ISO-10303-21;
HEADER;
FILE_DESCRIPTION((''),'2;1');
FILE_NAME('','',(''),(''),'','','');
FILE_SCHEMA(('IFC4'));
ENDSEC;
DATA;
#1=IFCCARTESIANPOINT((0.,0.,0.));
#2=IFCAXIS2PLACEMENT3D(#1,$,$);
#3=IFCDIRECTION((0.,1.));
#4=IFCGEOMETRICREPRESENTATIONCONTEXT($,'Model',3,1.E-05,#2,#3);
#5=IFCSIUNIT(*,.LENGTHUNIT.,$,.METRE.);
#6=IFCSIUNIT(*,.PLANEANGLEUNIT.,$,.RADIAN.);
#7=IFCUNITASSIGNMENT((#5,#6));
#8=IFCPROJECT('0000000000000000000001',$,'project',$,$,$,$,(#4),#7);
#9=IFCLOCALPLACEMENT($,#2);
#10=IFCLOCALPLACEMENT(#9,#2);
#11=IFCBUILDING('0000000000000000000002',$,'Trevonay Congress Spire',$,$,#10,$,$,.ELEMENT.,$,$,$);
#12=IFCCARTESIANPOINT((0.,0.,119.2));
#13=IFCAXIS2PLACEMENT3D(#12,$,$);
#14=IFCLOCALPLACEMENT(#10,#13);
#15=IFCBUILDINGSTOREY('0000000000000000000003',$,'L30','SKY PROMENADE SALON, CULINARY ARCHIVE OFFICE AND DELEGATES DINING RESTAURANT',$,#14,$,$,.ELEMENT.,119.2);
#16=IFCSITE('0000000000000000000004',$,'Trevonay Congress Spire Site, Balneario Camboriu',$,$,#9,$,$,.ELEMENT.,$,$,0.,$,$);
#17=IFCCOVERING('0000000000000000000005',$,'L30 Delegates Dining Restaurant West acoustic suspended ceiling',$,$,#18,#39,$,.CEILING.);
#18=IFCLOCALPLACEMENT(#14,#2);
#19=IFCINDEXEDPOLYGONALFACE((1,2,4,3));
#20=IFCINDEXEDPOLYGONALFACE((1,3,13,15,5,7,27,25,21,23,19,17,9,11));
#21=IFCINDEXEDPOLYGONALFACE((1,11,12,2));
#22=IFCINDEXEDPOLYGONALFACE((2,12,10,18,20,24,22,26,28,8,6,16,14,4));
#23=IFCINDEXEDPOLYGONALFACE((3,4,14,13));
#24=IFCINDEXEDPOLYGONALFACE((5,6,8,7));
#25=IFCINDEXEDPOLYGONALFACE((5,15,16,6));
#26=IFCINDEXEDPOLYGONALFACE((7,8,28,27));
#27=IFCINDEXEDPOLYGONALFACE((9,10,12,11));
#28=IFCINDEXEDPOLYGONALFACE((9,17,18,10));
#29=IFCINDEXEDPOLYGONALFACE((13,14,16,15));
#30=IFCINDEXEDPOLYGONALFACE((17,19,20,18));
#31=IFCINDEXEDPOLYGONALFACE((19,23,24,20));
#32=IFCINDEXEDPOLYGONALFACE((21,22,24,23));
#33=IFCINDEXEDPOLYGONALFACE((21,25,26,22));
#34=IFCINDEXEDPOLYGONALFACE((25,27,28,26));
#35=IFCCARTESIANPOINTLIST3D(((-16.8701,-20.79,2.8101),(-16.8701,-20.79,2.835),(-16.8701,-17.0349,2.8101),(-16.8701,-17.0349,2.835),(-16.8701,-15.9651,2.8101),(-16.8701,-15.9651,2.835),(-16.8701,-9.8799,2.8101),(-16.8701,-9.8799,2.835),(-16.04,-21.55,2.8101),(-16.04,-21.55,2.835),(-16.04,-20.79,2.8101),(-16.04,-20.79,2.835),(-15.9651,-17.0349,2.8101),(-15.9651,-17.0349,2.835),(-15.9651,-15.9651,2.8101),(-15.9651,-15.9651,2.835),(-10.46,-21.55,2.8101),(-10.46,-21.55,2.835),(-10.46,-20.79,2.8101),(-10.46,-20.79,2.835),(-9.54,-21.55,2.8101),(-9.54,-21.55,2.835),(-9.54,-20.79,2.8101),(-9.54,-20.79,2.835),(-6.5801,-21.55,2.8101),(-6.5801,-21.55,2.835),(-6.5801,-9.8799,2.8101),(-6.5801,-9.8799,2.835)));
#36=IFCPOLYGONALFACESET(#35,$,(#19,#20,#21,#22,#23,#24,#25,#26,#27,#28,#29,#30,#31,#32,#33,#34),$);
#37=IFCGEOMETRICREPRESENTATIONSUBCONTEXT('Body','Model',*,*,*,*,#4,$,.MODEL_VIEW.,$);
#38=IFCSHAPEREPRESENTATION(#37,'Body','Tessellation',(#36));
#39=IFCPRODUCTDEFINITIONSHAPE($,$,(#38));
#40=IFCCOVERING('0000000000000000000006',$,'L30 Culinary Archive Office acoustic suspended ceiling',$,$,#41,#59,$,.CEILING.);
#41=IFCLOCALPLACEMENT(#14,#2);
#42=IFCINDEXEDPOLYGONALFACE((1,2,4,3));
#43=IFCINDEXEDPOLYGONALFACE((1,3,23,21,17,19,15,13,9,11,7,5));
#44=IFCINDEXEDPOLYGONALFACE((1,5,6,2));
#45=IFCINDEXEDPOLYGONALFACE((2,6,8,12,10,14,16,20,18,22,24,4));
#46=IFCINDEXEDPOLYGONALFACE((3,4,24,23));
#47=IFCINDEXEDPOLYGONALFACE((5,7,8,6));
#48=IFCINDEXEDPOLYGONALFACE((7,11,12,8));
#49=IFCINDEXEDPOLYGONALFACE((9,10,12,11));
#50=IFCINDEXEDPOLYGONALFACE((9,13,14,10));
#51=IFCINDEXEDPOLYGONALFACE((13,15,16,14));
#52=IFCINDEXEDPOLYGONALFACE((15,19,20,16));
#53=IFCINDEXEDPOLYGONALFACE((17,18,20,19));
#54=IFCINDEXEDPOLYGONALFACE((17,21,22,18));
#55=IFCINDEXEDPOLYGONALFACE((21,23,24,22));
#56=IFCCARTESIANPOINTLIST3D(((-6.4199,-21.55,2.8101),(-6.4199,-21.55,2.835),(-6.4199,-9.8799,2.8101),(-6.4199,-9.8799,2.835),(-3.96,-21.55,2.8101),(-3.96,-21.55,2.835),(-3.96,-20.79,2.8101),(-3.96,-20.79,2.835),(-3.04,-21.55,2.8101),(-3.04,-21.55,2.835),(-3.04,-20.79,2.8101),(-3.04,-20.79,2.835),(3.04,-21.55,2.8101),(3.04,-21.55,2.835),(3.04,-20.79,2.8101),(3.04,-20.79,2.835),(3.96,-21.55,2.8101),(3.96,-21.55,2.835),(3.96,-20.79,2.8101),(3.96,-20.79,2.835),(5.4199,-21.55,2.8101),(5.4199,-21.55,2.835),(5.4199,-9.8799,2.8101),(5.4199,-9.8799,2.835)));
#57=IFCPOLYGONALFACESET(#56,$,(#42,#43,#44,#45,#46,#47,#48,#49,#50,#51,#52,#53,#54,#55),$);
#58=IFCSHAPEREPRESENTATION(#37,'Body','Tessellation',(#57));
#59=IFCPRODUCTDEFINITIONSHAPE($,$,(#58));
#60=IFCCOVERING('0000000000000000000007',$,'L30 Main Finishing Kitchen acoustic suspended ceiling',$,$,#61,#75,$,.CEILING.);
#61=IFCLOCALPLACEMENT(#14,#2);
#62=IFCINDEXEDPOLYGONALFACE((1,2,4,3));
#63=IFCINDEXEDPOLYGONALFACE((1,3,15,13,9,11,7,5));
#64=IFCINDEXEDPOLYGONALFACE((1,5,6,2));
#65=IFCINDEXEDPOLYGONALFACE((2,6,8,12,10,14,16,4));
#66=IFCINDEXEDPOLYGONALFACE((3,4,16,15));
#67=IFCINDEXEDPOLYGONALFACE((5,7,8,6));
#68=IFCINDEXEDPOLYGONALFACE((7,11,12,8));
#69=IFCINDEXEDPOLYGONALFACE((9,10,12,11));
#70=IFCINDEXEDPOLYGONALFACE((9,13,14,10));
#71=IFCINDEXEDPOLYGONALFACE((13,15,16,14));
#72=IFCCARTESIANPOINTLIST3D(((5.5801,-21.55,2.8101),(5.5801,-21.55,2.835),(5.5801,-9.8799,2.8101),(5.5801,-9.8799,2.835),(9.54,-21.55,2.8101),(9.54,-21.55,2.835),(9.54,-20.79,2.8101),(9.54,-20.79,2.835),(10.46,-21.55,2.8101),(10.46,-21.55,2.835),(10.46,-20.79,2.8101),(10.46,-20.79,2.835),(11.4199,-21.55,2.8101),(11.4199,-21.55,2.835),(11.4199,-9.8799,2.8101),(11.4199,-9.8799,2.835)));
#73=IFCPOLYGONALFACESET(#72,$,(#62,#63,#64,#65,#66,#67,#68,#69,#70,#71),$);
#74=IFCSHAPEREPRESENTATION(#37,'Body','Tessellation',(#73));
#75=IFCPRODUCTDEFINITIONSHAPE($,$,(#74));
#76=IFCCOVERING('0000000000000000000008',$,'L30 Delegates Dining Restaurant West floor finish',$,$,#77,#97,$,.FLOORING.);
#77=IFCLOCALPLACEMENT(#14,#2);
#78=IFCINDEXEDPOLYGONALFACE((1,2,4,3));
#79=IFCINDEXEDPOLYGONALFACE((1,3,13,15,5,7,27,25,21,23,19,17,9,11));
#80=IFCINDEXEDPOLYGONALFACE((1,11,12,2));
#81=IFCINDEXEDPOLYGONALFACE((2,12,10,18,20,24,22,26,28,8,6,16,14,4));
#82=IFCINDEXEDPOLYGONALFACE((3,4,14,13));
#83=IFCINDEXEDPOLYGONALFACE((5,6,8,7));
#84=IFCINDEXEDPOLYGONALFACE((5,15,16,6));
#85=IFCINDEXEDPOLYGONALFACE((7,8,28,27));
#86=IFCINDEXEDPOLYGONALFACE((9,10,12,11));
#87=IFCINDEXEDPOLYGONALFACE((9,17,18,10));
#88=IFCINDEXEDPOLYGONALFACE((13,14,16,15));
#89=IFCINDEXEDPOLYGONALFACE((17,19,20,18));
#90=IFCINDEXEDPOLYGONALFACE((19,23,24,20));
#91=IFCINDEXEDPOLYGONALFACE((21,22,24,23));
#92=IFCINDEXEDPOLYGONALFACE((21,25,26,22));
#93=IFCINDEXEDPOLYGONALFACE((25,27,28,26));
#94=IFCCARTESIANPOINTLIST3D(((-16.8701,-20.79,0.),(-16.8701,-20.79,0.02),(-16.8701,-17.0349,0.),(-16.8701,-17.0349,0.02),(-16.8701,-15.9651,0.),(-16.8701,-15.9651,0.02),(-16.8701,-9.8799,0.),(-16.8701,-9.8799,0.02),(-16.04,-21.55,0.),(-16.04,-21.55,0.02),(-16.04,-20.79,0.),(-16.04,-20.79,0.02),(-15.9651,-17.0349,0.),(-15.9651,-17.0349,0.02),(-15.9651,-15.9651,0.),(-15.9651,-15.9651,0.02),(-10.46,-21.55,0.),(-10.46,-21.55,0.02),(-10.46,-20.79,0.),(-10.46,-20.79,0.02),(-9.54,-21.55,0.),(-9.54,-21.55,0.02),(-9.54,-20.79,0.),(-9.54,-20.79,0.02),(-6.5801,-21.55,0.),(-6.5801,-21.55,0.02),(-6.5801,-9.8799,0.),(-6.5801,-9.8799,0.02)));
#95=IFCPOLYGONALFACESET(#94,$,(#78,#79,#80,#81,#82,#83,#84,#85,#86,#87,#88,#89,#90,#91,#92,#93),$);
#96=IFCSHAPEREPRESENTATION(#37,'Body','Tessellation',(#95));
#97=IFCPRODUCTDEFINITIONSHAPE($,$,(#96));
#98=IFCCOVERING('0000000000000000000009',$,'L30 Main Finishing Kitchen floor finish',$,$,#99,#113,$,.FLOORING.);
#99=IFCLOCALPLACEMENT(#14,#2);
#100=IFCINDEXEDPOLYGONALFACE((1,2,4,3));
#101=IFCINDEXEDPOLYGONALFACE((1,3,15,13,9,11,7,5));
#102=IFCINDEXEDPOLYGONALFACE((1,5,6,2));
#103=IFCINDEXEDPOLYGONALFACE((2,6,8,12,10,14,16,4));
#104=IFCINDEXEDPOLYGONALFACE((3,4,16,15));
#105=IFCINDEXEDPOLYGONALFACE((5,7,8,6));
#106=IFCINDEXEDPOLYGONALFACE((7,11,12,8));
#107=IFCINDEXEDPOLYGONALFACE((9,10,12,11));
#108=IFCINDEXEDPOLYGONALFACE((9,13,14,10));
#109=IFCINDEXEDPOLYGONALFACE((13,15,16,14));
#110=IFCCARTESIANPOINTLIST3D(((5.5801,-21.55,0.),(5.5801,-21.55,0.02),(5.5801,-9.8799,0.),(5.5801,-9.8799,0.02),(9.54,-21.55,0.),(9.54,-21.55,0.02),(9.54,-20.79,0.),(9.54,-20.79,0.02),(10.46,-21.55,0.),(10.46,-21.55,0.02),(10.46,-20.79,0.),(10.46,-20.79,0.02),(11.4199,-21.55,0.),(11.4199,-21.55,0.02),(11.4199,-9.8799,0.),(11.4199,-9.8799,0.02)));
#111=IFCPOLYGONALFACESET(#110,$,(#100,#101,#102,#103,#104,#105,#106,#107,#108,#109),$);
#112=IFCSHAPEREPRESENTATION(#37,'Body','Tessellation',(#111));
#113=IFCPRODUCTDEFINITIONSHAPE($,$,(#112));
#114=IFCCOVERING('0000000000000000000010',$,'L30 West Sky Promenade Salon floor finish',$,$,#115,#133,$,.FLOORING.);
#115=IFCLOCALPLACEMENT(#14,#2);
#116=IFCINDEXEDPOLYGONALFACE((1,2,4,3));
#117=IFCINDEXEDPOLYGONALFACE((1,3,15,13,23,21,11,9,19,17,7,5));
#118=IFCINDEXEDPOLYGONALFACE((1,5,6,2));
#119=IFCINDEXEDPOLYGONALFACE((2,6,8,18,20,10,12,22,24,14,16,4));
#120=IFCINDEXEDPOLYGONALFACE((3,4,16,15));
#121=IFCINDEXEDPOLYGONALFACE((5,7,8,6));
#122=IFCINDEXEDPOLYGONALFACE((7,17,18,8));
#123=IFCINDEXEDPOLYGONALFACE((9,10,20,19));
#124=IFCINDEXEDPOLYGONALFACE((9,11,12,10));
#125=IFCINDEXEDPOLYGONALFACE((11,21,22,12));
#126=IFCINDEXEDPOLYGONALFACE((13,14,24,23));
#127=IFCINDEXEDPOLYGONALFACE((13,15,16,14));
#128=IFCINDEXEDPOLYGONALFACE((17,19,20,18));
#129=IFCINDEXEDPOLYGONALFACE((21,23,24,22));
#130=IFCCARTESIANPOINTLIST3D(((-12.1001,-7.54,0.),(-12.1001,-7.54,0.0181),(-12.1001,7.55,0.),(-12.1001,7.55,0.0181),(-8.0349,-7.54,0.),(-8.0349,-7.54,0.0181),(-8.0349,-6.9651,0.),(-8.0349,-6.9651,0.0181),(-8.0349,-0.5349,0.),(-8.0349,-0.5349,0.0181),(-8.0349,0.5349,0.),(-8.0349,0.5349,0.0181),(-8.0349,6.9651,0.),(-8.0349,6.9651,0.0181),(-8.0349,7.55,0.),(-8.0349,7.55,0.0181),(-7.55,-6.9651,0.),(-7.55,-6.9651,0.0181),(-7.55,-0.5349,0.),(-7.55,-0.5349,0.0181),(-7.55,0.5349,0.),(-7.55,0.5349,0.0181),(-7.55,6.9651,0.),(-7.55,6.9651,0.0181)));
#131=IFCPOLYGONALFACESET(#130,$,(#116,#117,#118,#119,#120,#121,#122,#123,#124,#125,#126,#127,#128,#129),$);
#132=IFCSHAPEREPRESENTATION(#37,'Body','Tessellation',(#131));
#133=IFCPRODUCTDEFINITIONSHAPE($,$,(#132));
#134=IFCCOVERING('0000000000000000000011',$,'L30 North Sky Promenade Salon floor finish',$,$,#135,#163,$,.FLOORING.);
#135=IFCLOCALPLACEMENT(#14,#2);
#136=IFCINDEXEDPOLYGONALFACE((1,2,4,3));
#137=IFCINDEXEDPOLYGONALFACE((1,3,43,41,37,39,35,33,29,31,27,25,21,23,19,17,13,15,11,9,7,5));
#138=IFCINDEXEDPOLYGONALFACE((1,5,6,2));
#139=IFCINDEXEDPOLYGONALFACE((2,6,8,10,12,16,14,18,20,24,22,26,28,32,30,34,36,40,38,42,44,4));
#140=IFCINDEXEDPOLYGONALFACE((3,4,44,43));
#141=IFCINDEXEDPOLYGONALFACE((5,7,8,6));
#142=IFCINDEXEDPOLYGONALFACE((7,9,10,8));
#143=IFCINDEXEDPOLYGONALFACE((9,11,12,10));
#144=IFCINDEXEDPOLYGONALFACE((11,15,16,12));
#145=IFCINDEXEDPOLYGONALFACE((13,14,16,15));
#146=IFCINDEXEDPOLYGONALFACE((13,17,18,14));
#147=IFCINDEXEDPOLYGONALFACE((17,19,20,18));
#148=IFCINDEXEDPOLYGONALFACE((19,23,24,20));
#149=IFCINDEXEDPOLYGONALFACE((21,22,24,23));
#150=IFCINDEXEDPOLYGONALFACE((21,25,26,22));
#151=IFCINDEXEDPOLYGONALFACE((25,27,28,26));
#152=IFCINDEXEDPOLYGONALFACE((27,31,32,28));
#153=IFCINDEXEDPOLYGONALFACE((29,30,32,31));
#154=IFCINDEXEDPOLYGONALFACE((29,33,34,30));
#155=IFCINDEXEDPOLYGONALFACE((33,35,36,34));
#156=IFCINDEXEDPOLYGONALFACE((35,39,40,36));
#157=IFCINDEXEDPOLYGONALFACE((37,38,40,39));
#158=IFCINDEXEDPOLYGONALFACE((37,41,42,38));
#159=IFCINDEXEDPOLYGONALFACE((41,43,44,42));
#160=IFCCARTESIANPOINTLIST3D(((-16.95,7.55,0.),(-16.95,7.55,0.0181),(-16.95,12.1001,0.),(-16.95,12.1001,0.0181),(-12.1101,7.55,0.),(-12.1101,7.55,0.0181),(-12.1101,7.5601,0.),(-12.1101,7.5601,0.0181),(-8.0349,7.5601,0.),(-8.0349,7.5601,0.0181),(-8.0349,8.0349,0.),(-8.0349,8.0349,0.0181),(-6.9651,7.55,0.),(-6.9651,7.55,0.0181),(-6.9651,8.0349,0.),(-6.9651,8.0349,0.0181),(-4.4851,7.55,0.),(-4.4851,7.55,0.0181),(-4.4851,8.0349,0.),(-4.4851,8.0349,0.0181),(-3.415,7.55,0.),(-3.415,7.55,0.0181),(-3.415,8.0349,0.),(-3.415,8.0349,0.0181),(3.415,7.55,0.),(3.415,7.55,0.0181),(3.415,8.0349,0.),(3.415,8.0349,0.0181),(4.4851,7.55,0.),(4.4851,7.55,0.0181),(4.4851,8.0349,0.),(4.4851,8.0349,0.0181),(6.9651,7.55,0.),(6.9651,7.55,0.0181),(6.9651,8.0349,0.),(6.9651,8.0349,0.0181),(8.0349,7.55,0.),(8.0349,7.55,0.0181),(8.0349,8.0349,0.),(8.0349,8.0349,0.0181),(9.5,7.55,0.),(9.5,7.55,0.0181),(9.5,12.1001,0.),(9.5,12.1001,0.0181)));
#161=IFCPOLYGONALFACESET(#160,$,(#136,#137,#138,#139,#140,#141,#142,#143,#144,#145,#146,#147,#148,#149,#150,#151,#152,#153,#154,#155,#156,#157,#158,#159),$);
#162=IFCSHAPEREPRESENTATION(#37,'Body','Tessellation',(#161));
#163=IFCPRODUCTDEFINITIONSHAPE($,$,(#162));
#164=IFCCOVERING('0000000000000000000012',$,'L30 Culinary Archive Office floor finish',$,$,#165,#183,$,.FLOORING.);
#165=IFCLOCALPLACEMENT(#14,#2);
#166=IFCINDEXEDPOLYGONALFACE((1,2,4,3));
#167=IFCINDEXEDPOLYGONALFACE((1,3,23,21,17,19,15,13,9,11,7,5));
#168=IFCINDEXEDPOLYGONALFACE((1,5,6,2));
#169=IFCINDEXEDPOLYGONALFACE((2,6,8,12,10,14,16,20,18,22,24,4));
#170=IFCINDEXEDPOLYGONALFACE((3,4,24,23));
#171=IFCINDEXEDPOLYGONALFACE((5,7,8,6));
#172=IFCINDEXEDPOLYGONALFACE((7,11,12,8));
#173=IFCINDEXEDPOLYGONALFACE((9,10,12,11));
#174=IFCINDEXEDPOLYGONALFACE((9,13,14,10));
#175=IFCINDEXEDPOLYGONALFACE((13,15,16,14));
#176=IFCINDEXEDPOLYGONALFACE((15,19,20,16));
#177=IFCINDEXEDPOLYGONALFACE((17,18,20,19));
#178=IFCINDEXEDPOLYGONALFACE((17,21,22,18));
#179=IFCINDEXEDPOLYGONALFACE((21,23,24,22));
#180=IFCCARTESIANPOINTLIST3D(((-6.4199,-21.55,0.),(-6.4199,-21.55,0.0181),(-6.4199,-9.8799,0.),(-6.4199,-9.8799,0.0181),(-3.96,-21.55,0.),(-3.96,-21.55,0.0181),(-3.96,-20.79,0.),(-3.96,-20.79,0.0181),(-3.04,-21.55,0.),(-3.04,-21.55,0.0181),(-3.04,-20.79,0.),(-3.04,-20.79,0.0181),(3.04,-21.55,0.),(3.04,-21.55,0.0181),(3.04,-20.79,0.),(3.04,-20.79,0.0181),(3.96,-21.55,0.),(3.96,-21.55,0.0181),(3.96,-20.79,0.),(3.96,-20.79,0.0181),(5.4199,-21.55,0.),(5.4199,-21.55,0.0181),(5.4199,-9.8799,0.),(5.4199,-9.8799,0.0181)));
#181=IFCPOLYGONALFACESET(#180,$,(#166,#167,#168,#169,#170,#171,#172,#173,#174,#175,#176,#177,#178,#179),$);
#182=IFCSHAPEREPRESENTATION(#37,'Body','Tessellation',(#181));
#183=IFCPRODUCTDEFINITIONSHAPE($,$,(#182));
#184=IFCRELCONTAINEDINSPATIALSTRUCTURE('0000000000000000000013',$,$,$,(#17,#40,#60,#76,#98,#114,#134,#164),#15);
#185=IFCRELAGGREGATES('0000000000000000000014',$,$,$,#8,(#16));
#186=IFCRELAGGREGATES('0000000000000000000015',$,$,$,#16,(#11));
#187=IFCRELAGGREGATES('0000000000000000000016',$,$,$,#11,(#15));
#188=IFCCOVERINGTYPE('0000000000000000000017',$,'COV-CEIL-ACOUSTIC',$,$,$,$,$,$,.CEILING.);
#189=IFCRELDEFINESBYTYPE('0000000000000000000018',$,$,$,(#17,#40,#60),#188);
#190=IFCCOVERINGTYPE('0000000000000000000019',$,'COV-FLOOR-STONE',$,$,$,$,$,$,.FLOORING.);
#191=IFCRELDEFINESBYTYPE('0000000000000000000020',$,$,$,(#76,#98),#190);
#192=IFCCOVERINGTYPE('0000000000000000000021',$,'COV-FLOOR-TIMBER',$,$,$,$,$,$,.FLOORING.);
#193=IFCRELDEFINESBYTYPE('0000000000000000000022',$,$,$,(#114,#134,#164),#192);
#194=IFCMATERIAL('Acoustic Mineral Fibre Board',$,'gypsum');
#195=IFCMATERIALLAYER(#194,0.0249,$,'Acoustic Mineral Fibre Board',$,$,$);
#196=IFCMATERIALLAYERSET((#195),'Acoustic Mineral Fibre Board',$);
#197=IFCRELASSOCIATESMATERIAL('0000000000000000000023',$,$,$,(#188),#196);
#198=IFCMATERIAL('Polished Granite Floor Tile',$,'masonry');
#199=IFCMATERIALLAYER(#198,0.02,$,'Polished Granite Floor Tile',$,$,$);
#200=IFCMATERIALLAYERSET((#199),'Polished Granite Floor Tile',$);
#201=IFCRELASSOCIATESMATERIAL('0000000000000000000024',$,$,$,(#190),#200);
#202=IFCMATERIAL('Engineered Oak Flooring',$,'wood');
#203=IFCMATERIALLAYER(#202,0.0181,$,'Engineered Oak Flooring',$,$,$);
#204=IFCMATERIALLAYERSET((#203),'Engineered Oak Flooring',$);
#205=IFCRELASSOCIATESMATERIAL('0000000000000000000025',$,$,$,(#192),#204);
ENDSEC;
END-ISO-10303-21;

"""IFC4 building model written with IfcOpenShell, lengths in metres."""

from ifc_helpers import new_model, si_unit, direction, frame, origin, place, context, subcontext, project, spatial, polyline, outline, extrude, material, layer, layer_set, type_object, element, save


model = new_model("IFC4")

# Units and contexts
model_context = context("Model", 3, precision=1e-05, world=origin(), true_north=direction((0.0, 1.0)))
body_context = subcontext(model_context, "Body", "Model", "MODEL_VIEW")
ifc_project = project(units=[si_unit("LENGTHUNIT", "METRE"), si_unit("PLANEANGLEUNIT", "RADIAN")], contexts=[model_context])

# Site, building, storey
site_placement = place(None, origin())
site = spatial("IfcSite", under=ifc_project, at=site_placement, Name="Trevonay Congress Spire Site, Balneario Camboriu", CompositionType="ELEMENT", RefElevation=0.0)
building_placement = place(site_placement, origin())
building = spatial("IfcBuilding", under=site, at=building_placement, Name="Trevonay Congress Spire", CompositionType="ELEMENT")
storey_placement = place(building_placement, frame((0.0, 0.0, 119.2)))
storey = spatial("IfcBuildingStorey", under=building, at=storey_placement, Name="L30", Description="SKY PROMENADE SALON, CULINARY ARCHIVE OFFICE AND DELEGATES DINING RESTAURANT", CompositionType="ELEMENT", Elevation=119.2)

# Coverings
ifc_material_1 = material(Name="Acoustic Mineral Fibre Board", Category="gypsum")
ifc_layer_1 = layer(ifc_material_1, 0.0249, Name="Acoustic Mineral Fibre Board")
ifc_layer_set_1 = layer_set([ifc_layer_1], Name="Acoustic Mineral Fibre Board")
covering_type_1 = type_object("IfcCoveringType", Name="COV-CEIL-ACOUSTIC", PredefinedType="CEILING", material=ifc_layer_set_1)
covering_1_placement = place(storey_placement, frame((0.0, 0.0, 2.8101)))
element("IfcCovering", 1, at=covering_1_placement, inside=storey, type_object=covering_type_1, Name="L30 Delegates Dining Restaurant West acoustic suspended ceiling", PredefinedType="CEILING", context=body_context, shape_type="SweptSolid", body=[
    extrude(outline(polyline([(-16.04, -21.55), (-16.04, -20.79), (-16.8701, -20.79), (-16.8701, -17.0349), (-15.9651, -17.0349), (-15.9651, -15.9651), (-16.8701, -15.9651), (-16.8701, -9.8799), (-6.5801, -9.8799), (-6.5801, -21.55), (-9.54, -21.55), (-9.54, -20.79), (-10.46, -20.79), (-10.46, -21.55), (-16.04, -21.55)])), origin(), (0.0, 0.0, 1.0), 0.0249),
])
covering_2_placement = place(storey_placement, frame((0.0, 0.0, 2.8101)))
element("IfcCovering", 2, at=covering_2_placement, inside=storey, type_object=covering_type_1, Name="L30 Culinary Archive Office acoustic suspended ceiling", PredefinedType="CEILING", context=body_context, shape_type="SweptSolid", body=[
    extrude(outline(polyline([(-6.4199, -21.55), (-6.4199, -9.8799), (5.4199, -9.8799), (5.4199, -21.55), (3.96, -21.55), (3.96, -20.79), (3.04, -20.79), (3.04, -21.55), (-3.04, -21.55), (-3.04, -20.79), (-3.96, -20.79), (-3.96, -21.55), (-6.4199, -21.55)])), origin(), (0.0, 0.0, 1.0), 0.0249),
])
covering_3_placement = place(storey_placement, frame((0.0, 0.0, 2.8101)))
element("IfcCovering", 3, at=covering_3_placement, inside=storey, type_object=covering_type_1, Name="L30 Main Finishing Kitchen acoustic suspended ceiling", PredefinedType="CEILING", context=body_context, shape_type="SweptSolid", body=[
    extrude(outline(polyline([(5.5801, -21.55), (5.5801, -9.8799), (11.4199, -9.8799), (11.4199, -21.55), (10.46, -21.55), (10.46, -20.79), (9.54, -20.79), (9.54, -21.55), (5.5801, -21.55)])), origin(), (0.0, 0.0, 1.0), 0.0249),
])
ifc_material_2 = material(Name="Polished Granite Floor Tile", Category="masonry")
ifc_layer_2 = layer(ifc_material_2, 0.02, Name="Polished Granite Floor Tile")
ifc_layer_set_2 = layer_set([ifc_layer_2], Name="Polished Granite Floor Tile")
covering_type_2 = type_object("IfcCoveringType", Name="COV-FLOOR-STONE", PredefinedType="FLOORING", material=ifc_layer_set_2)
covering_4_placement = place(storey_placement, origin())
element("IfcCovering", 4, at=covering_4_placement, inside=storey, type_object=covering_type_2, Name="L30 Delegates Dining Restaurant West floor finish", PredefinedType="FLOORING", context=body_context, shape_type="SweptSolid", body=[
    extrude(outline(polyline([(-16.04, -21.55), (-16.04, -20.79), (-16.8701, -20.79), (-16.8701, -17.0349), (-15.9651, -17.0349), (-15.9651, -15.9651), (-16.8701, -15.9651), (-16.8701, -9.8799), (-6.5801, -9.8799), (-6.5801, -21.55), (-9.54, -21.55), (-9.54, -20.79), (-10.46, -20.79), (-10.46, -21.55), (-16.04, -21.55)])), origin(), (0.0, 0.0, 1.0), 0.02),
])
covering_5_placement = place(storey_placement, origin())
element("IfcCovering", 5, at=covering_5_placement, inside=storey, type_object=covering_type_2, Name="L30 Main Finishing Kitchen floor finish", PredefinedType="FLOORING", context=body_context, shape_type="SweptSolid", body=[
    extrude(outline(polyline([(5.5801, -21.55), (5.5801, -9.8799), (11.4199, -9.8799), (11.4199, -21.55), (10.46, -21.55), (10.46, -20.79), (9.54, -20.79), (9.54, -21.55), (5.5801, -21.55)])), origin(), (0.0, 0.0, 1.0), 0.02),
])
ifc_material_3 = material(Name="Engineered Oak Flooring", Category="wood")
ifc_layer_3 = layer(ifc_material_3, 0.0181, Name="Engineered Oak Flooring")
ifc_layer_set_3 = layer_set([ifc_layer_3], Name="Engineered Oak Flooring")
covering_type_3 = type_object("IfcCoveringType", Name="COV-FLOOR-TIMBER", PredefinedType="FLOORING", material=ifc_layer_set_3)
covering_6_placement = place(storey_placement, origin())
element("IfcCovering", 6, at=covering_6_placement, inside=storey, type_object=covering_type_3, Name="L30 West Sky Promenade Salon floor finish", PredefinedType="FLOORING", context=body_context, shape_type="SweptSolid", body=[
    extrude(outline(polyline([(-12.1001, 7.55), (-8.0349, 7.55), (-8.0349, 6.9651), (-7.55, 6.9651), (-7.55, 0.5349), (-8.0349, 0.5349), (-8.0349, -0.5349), (-7.55, -0.5349), (-7.55, -6.9651), (-8.0349, -6.9651), (-8.0349, -7.54), (-12.1001, -7.54), (-12.1001, 7.55)])), origin(), (0.0, 0.0, 1.0), 0.0181),
])
covering_7_placement = place(storey_placement, origin())
element("IfcCovering", 7, at=covering_7_placement, inside=storey, type_object=covering_type_3, Name="L30 North Sky Promenade Salon floor finish", PredefinedType="FLOORING", context=body_context, shape_type="SweptSolid", body=[
    extrude(outline(polyline([(-16.95, 12.1001), (9.5, 12.1001), (9.5, 7.55), (8.0349, 7.55), (8.0349, 8.0349), (6.9651, 8.0349), (6.9651, 7.55), (4.4851, 7.55), (4.4851, 8.0349), (3.415, 8.0349), (3.415, 7.55), (-3.415, 7.55), (-3.415, 8.0349), (-4.4851, 8.0349), (-4.4851, 7.55), (-6.9651, 7.55), (-6.9651, 8.0349), (-8.0349, 8.0349), (-8.0349, 7.5601), (-12.1101, 7.5601), (-12.1101, 7.55), (-16.95, 7.55), (-16.95, 12.1001)])), origin(), (0.0, 0.0, 1.0), 0.0181),
])
covering_8_placement = place(storey_placement, origin())
element("IfcCovering", 8, at=covering_8_placement, inside=storey, type_object=covering_type_3, Name="L30 Culinary Archive Office floor finish", PredefinedType="FLOORING", context=body_context, shape_type="SweptSolid", body=[
    extrude(outline(polyline([(-6.4199, -21.55), (-6.4199, -9.8799), (5.4199, -9.8799), (5.4199, -21.55), (3.96, -21.55), (3.96, -20.79), (3.04, -20.79), (3.04, -21.55), (-3.04, -21.55), (-3.04, -20.79), (-3.96, -20.79), (-3.96, -21.55), (-6.4199, -21.55)])), origin(), (0.0, 0.0, 1.0), 0.0181),
])

save(model, "model.ifc")
